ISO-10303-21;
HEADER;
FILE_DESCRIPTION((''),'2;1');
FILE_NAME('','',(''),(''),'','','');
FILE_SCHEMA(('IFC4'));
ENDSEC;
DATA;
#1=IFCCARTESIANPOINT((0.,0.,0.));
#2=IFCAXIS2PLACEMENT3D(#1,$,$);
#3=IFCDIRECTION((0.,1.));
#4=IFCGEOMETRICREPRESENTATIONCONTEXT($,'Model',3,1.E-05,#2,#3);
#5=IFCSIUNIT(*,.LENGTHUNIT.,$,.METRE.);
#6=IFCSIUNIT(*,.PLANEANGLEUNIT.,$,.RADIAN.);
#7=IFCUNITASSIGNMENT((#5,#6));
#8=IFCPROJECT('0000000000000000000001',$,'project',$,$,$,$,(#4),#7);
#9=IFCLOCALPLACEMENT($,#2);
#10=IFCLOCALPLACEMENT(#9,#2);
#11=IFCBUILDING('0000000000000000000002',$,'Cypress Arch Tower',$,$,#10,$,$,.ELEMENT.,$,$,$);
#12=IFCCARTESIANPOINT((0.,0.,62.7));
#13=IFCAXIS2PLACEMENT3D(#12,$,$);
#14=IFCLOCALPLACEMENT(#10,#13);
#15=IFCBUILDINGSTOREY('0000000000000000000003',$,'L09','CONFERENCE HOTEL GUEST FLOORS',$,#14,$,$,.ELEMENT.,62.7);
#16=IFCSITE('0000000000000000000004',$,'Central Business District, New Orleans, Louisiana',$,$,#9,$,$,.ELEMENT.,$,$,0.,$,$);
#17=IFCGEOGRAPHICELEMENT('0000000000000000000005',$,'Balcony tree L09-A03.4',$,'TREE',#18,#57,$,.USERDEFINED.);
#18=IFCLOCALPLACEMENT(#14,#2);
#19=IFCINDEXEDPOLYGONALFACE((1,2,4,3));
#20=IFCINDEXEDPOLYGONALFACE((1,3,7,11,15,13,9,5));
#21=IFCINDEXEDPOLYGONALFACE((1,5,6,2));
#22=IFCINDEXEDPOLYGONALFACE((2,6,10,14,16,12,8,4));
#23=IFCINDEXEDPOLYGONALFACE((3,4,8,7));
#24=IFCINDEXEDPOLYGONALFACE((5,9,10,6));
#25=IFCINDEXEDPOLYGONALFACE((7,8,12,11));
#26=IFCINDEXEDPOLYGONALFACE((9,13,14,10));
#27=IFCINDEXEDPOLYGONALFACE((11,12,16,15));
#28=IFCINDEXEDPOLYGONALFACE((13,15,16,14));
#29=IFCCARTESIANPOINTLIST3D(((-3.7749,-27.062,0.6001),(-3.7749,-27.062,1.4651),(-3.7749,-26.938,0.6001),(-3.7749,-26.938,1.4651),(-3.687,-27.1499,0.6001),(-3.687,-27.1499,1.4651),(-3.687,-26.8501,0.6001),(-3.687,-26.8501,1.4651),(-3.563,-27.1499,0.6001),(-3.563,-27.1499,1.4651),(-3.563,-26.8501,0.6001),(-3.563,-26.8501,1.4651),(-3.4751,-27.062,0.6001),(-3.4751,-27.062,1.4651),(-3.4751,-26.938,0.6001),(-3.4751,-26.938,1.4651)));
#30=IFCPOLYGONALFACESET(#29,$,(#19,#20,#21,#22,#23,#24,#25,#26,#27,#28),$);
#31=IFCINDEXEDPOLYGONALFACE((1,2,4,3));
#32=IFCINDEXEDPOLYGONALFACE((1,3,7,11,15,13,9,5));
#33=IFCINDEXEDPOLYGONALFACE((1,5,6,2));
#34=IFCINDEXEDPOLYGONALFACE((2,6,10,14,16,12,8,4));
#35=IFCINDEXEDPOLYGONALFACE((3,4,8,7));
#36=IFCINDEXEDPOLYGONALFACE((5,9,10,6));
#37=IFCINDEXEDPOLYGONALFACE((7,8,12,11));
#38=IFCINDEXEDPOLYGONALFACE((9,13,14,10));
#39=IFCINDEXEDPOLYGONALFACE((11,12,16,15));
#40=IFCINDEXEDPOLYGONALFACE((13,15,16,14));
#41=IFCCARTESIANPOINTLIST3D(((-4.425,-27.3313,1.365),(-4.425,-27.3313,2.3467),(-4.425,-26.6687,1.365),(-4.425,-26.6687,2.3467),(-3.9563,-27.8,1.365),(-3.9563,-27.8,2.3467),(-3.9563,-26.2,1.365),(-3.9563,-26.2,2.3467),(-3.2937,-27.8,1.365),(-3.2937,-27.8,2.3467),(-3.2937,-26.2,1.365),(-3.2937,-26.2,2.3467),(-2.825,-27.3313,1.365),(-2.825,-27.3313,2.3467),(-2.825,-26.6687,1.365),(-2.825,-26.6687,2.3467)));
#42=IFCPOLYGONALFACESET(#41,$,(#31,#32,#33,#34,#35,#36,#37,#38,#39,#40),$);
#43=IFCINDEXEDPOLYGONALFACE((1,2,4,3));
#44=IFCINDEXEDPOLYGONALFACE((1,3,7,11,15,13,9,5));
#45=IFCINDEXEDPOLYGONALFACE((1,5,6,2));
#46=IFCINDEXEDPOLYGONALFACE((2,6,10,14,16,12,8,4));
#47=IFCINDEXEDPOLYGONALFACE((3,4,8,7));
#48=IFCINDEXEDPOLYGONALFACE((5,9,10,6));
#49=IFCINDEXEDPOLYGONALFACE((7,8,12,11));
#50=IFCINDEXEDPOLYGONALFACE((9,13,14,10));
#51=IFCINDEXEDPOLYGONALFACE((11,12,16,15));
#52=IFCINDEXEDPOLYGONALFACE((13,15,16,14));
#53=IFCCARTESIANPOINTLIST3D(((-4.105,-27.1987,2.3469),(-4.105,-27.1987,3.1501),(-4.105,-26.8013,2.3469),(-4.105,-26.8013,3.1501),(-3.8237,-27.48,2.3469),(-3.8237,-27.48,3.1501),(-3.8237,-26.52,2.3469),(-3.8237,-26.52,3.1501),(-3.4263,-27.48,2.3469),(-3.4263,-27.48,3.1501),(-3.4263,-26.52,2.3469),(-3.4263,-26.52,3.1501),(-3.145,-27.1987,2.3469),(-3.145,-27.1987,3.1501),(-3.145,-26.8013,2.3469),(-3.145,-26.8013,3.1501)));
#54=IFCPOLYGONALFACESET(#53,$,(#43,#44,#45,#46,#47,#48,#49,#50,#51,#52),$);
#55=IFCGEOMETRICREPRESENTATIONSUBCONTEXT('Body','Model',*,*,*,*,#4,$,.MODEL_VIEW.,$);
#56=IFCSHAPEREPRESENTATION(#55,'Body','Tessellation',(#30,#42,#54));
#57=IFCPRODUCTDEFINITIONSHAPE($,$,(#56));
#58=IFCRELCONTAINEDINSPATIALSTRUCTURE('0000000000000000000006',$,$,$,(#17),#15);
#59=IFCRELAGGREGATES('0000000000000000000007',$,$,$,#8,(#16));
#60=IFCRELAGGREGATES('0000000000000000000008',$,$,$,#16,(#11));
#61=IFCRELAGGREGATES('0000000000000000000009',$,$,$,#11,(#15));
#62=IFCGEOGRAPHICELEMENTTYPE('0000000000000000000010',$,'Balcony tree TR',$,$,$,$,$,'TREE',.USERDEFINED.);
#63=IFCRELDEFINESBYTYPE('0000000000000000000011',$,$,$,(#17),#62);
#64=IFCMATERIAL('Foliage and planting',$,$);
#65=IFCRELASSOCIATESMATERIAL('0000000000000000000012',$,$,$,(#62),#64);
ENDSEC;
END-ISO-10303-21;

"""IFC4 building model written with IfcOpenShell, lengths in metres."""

from ifc_helpers import new_model, si_unit, direction, frame, origin, place, context, subcontext, project, spatial, polyline, outline, extrude, material, type_object, element, save


model = new_model("IFC4")

# Units and contexts
model_context = context("Model", 3, precision=1e-05, world=origin(), true_north=direction((0.0, 1.0)))
body_context = subcontext(model_context, "Body", "Model", "MODEL_VIEW")
ifc_project = project(units=[si_unit("LENGTHUNIT", "METRE"), si_unit("PLANEANGLEUNIT", "RADIAN")], contexts=[model_context])

# Site, building, storey
site_placement = place(None, origin())
site = spatial("IfcSite", under=ifc_project, at=site_placement, Name="Central Business District, New Orleans, Louisiana", CompositionType="ELEMENT", RefElevation=0.0)
building_placement = place(site_placement, origin())
building = spatial("IfcBuilding", under=site, at=building_placement, Name="Cypress Arch Tower", CompositionType="ELEMENT")
storey_placement = place(building_placement, frame((0.0, 0.0, 62.7)))
storey = spatial("IfcBuildingStorey", under=building, at=storey_placement, Name="L09", Description="CONFERENCE HOTEL GUEST FLOORS", CompositionType="ELEMENT", Elevation=62.7)

# Geographic element
ifc_material_1 = material(Name="Foliage and planting")
geographic_element_type = type_object("IfcGeographicElementType", Name="Balcony tree TR", ElementType="TREE", PredefinedType="USERDEFINED", material=ifc_material_1)
for number, where, z_axis, x_axis, name in (
    (1, (-3.625, -27.0, 0.6001), (0.0, 0.0, 1.0), (1.0, 0.0, 0.0), "Balcony tree L09-A03.4"),
):
    element("IfcGeographicElement", number, at=place(storey_placement, frame(where, z_axis=z_axis, x_axis=x_axis)), inside=storey, type_object=geographic_element_type, Name=name, ObjectType="TREE", PredefinedType="USERDEFINED", context=body_context, shape_type="SweptSolid", body=[
        extrude(outline(polyline([(0.1499, 0.062), (0.062, 0.1499), (-0.062, 0.1499), (-0.1499, 0.062), (-0.1499, -0.062), (-0.062, -0.1499), (0.062, -0.1499), (0.1499, -0.062), (0.1499, 0.062)])), origin(), (0.0, 0.0, 1.0), 0.865),
        extrude(outline(polyline([(0.8, 0.3313), (0.3313, 0.8), (-0.3313, 0.8), (-0.8, 0.3313), (-0.8, -0.3313), (-0.3313, -0.8), (0.3313, -0.8), (0.8, -0.3313), (0.8, 0.3313)])), frame((0.0, 0.0, 0.7649)), (0.0, 0.0, 1.0), 0.9817),
        extrude(outline(polyline([(0.48, 0.1987), (0.1987, 0.48), (-0.1987, 0.48), (-0.48, 0.1987), (-0.48, -0.1987), (-0.1987, -0.48), (0.1987, -0.48), (0.48, -0.1987), (0.48, 0.1987)])), frame((0.0, 0.0, 1.7468)), (0.0, 0.0, 1.0), 0.8032),
    ])

save(model, "model.ifc")
